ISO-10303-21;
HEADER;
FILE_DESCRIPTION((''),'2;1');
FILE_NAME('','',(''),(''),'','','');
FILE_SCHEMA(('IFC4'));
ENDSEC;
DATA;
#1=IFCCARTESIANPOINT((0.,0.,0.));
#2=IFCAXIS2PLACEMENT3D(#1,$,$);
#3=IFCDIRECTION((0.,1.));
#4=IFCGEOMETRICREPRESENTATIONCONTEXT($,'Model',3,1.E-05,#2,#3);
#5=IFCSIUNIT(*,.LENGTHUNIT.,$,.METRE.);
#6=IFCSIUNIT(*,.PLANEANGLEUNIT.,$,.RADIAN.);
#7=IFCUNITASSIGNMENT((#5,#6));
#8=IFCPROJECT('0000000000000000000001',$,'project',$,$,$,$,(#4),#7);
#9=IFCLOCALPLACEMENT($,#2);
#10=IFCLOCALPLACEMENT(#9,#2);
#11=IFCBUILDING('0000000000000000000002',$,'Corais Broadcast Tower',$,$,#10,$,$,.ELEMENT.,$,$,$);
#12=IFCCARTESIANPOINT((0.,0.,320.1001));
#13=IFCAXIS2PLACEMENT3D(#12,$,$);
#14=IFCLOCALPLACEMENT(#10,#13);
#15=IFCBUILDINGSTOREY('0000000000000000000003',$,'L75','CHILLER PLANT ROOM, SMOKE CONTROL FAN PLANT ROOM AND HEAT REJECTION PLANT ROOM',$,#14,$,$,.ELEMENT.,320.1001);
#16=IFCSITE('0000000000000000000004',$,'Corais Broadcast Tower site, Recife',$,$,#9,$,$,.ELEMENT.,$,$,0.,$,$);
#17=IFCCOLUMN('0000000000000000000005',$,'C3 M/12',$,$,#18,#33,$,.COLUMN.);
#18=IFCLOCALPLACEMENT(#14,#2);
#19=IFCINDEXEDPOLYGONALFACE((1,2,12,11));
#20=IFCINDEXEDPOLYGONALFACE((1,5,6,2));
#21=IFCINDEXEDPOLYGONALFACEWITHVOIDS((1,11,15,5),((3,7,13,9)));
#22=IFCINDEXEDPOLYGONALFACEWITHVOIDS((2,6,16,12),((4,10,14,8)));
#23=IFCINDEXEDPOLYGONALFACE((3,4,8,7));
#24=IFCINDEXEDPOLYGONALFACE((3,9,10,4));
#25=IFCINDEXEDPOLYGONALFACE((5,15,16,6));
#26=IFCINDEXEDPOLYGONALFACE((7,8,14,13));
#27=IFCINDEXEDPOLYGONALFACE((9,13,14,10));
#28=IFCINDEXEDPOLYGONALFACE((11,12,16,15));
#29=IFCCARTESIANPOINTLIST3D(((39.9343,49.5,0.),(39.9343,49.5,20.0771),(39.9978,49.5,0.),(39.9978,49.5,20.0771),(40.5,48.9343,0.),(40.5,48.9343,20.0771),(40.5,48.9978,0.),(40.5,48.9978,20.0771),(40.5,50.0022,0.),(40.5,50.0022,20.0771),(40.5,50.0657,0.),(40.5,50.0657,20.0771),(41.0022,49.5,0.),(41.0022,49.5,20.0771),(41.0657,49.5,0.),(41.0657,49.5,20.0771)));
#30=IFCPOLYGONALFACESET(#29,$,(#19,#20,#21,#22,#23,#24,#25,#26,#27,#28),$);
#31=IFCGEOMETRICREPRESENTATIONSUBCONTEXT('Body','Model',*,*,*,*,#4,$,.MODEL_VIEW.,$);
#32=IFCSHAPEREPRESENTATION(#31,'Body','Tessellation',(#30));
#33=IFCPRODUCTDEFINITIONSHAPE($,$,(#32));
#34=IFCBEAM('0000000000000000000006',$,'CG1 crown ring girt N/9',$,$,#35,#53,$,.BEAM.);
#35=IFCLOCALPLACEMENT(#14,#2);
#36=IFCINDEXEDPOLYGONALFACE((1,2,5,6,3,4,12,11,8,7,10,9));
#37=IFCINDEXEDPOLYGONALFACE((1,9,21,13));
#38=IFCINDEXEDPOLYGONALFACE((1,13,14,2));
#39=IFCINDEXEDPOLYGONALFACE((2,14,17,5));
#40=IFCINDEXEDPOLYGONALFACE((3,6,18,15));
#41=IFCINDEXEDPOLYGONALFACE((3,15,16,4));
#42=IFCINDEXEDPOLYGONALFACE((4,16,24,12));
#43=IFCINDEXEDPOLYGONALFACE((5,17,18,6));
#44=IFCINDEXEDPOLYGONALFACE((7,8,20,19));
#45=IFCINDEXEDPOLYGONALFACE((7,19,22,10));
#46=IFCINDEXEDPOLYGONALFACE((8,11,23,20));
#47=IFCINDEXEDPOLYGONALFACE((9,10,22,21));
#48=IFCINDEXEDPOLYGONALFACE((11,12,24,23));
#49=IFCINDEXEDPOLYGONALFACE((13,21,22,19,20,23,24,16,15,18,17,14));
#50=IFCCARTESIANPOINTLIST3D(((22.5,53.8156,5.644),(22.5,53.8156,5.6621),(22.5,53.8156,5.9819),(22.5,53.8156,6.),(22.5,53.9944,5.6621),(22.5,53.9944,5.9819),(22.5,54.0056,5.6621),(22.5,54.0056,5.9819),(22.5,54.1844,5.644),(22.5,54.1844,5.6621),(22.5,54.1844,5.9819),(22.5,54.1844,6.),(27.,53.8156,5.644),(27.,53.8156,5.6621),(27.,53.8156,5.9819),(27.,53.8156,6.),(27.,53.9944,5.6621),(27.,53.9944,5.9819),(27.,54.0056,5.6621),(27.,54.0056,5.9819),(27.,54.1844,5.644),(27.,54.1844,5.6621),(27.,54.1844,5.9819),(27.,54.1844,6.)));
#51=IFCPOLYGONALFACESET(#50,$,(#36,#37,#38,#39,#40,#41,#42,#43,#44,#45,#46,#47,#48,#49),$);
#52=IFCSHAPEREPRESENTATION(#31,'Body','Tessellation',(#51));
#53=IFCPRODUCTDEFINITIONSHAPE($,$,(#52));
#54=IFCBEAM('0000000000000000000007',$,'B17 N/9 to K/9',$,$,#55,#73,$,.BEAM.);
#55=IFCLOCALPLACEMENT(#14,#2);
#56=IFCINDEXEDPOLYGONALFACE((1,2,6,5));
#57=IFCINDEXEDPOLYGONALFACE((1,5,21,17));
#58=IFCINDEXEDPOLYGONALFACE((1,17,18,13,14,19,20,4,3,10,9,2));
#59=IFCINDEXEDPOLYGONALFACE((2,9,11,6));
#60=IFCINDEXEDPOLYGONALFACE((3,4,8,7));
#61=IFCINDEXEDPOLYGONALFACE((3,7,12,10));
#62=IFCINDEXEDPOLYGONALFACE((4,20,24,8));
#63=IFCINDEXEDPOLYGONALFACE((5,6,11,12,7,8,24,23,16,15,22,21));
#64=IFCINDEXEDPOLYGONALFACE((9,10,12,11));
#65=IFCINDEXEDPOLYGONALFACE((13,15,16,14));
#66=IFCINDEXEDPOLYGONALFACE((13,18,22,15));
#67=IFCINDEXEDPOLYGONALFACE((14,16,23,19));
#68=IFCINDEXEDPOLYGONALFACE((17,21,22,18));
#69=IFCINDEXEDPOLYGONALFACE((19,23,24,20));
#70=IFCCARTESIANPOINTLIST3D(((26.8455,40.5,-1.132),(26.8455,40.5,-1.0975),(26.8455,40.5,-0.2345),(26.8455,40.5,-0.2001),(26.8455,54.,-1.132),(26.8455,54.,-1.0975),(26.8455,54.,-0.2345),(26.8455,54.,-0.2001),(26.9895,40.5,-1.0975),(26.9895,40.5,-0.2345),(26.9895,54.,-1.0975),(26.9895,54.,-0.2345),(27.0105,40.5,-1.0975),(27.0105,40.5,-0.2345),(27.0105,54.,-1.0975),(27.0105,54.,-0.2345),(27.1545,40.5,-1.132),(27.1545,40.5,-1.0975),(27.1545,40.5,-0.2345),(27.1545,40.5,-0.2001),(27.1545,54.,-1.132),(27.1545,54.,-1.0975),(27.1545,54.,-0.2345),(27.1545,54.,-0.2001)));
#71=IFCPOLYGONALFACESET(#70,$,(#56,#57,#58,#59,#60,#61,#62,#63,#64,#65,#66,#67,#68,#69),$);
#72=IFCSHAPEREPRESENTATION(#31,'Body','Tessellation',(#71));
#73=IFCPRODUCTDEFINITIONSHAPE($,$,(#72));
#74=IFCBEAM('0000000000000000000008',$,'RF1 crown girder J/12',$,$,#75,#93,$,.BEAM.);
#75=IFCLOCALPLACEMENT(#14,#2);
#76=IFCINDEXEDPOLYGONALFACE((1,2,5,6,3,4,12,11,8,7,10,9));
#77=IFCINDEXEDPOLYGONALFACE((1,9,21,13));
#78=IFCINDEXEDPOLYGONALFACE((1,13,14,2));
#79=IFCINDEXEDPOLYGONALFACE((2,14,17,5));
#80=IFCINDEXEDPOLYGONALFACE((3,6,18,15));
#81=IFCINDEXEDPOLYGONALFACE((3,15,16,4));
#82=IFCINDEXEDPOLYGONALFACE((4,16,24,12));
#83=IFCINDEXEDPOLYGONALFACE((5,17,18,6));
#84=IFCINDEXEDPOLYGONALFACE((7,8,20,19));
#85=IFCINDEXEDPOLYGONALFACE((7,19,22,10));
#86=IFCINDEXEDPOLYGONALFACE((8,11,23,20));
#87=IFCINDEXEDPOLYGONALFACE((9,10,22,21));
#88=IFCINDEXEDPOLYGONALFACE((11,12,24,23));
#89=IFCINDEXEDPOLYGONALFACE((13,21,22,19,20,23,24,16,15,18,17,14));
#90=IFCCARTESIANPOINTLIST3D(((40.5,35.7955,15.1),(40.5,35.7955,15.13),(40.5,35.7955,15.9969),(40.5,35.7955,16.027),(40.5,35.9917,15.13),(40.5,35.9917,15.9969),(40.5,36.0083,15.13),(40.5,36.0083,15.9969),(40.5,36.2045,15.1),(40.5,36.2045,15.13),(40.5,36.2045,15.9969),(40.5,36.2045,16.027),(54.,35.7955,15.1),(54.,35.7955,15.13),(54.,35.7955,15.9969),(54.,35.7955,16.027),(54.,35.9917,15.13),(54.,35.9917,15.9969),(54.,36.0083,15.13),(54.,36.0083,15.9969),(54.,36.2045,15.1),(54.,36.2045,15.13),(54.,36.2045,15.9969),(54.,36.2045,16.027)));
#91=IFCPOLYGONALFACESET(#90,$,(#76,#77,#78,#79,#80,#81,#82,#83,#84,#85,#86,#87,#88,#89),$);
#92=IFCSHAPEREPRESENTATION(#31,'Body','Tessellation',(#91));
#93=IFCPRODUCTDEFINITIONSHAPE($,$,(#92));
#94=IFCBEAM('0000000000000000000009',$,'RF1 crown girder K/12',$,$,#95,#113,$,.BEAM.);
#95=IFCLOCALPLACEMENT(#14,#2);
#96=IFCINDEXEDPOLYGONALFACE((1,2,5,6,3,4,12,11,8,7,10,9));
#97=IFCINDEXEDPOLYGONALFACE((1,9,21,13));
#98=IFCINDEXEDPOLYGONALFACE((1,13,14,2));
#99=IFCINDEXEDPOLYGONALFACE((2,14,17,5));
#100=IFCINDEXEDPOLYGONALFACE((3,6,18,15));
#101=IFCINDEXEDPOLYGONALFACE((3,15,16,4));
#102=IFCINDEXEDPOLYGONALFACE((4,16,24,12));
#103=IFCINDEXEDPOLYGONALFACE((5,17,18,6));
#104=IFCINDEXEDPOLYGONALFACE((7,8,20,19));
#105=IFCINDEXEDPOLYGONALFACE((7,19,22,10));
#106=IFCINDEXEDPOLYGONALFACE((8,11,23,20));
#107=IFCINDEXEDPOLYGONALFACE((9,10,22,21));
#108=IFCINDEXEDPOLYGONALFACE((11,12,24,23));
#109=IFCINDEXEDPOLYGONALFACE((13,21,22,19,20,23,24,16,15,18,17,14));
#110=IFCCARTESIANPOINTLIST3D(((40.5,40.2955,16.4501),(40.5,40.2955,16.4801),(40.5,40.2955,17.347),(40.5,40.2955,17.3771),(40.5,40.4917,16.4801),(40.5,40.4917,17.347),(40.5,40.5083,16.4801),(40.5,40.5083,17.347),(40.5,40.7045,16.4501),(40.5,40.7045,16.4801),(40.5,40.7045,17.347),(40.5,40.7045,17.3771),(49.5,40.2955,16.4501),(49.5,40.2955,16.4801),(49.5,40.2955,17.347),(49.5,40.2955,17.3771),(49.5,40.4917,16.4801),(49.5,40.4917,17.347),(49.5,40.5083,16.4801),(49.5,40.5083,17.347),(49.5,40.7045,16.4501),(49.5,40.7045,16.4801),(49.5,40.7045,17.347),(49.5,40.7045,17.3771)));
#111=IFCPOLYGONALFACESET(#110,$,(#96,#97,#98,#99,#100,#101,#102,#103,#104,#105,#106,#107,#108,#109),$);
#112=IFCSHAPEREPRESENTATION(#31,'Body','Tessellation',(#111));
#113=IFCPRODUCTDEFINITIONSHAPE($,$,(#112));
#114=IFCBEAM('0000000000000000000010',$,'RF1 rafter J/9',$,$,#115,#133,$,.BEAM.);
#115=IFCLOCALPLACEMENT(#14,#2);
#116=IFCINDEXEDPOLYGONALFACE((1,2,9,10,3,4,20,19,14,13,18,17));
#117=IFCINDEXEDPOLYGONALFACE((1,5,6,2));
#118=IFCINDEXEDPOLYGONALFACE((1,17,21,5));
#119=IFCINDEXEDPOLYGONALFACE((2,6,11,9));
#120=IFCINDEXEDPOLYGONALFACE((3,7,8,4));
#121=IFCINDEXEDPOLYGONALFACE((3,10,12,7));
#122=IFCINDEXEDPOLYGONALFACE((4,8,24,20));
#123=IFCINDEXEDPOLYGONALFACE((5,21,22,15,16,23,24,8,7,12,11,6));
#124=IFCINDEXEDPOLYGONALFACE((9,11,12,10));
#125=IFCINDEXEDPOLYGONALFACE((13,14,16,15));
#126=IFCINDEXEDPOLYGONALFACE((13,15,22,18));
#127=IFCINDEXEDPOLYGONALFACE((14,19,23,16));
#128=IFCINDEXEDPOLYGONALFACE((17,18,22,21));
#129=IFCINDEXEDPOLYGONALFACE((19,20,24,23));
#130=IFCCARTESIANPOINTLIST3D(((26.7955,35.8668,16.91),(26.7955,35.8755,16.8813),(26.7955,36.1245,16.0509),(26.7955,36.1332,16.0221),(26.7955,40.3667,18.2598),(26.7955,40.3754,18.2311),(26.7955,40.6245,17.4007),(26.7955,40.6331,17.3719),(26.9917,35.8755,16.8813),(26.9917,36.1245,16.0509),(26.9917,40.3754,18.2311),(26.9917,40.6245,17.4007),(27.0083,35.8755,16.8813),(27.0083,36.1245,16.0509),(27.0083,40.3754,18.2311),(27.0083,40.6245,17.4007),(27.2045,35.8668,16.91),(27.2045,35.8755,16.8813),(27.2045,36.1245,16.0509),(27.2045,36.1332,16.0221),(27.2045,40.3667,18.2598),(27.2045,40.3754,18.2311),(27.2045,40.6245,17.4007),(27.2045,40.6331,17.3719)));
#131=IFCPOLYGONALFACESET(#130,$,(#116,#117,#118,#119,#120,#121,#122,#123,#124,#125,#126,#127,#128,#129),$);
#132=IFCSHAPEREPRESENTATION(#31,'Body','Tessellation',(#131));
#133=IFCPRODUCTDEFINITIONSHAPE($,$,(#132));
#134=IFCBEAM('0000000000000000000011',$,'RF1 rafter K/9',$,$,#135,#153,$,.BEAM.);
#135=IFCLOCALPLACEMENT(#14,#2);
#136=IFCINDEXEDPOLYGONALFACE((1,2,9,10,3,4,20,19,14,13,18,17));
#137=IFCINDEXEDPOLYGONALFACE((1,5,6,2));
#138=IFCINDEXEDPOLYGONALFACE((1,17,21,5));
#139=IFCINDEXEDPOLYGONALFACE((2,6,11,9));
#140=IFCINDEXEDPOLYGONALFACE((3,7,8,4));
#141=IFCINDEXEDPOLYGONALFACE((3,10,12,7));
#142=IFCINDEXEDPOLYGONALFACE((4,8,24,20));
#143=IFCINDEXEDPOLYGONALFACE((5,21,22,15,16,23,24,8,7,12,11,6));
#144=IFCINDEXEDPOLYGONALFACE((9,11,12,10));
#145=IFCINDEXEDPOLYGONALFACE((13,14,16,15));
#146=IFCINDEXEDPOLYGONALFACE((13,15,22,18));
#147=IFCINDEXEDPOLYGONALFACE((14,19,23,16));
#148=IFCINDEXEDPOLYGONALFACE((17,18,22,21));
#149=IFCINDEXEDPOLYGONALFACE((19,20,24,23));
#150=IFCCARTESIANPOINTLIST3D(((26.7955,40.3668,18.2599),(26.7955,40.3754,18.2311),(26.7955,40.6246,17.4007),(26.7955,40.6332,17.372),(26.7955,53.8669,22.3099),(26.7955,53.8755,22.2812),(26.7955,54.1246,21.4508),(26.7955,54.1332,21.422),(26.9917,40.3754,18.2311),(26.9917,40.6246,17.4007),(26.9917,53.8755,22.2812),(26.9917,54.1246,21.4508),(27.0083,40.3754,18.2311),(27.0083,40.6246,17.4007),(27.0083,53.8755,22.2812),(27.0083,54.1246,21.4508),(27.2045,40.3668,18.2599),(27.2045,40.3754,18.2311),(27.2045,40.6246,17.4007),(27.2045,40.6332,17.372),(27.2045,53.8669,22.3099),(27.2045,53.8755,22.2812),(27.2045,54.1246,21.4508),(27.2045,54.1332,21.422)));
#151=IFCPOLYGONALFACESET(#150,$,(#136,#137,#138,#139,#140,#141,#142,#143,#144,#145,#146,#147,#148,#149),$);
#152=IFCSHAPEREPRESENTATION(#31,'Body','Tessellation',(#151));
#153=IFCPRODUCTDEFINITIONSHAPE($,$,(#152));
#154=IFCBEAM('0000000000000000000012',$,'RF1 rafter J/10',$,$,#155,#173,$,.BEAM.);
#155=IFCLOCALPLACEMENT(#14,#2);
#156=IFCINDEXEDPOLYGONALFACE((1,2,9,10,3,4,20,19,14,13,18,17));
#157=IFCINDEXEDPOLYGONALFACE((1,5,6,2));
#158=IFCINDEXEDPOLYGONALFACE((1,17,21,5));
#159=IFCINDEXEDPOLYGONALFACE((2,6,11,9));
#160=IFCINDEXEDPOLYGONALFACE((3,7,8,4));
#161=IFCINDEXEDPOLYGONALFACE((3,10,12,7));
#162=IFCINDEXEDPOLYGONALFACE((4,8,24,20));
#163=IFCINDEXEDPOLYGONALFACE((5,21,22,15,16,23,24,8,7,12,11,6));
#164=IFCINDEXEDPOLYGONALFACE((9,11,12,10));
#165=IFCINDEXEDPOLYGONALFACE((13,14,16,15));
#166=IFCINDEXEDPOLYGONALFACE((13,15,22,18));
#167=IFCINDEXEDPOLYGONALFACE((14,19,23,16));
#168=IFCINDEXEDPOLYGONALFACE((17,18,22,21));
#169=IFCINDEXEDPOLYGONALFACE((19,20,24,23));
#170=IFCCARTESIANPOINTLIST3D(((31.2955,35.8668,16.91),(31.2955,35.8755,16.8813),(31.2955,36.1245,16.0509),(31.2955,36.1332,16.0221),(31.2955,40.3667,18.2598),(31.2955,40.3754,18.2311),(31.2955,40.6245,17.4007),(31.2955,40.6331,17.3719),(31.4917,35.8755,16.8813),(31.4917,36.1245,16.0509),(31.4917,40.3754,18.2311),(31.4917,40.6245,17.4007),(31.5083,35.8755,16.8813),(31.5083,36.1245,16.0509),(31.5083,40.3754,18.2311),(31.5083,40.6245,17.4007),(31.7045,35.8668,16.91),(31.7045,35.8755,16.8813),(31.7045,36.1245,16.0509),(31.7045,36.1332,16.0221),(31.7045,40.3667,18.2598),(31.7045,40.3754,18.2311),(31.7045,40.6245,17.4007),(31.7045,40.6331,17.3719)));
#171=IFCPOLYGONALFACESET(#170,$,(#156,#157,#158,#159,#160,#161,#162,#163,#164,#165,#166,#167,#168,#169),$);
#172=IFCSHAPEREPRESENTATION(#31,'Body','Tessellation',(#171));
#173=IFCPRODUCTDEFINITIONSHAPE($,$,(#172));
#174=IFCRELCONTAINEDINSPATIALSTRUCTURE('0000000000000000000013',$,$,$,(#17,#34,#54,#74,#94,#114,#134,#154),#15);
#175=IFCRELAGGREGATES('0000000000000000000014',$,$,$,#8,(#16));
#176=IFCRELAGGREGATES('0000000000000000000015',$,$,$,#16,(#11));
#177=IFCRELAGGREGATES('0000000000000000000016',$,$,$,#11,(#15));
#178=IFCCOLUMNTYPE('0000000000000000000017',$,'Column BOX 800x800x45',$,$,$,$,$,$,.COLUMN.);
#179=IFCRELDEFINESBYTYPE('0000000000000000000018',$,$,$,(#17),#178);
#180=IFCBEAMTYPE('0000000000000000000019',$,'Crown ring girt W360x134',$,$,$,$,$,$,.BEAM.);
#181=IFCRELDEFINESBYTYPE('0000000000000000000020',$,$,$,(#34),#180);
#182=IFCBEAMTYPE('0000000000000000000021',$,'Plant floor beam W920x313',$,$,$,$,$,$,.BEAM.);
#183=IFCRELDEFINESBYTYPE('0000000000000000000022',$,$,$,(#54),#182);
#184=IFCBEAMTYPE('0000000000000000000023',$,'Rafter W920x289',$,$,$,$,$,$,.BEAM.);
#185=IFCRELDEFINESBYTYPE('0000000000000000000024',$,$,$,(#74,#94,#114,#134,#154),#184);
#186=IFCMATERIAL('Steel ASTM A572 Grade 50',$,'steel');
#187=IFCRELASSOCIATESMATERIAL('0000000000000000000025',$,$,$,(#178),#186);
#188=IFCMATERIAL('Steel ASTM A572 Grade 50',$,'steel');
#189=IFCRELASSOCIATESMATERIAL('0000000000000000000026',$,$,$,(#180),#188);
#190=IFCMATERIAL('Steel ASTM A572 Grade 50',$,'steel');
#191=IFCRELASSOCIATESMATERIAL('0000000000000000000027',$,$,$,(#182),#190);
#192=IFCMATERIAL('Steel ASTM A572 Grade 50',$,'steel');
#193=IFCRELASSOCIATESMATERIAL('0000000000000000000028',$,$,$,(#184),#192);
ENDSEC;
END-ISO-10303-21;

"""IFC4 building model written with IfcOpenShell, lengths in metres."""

from ifc_helpers import new_model, si_unit, direction, frame, origin, origin_2d, place, context, subcontext, project, spatial, hollow_rectangle, i_section, extrude, material, material_profile, profile_set, type_object, element, save


model = new_model("IFC4")

# Units and contexts
model_context = context("Model", 3, precision=1e-05, world=origin(), true_north=direction((0.0, 1.0)))
body_context = subcontext(model_context, "Body", "Model", "MODEL_VIEW")
ifc_project = project(units=[si_unit("LENGTHUNIT", "METRE"), si_unit("PLANEANGLEUNIT", "RADIAN")], contexts=[model_context])

# Site, building, storey
site_placement = place(None, origin())
site = spatial("IfcSite", under=ifc_project, at=site_placement, Name="Corais Broadcast Tower site, Recife", CompositionType="ELEMENT", RefElevation=0.0)
building_placement = place(site_placement, origin())
building = spatial("IfcBuilding", under=site, at=building_placement, Name="Corais Broadcast Tower", CompositionType="ELEMENT")
storey_placement = place(building_placement, frame((0.0, 0.0, 320.1001)))
storey = spatial("IfcBuildingStorey", under=building, at=storey_placement, Name="L75", Description="CHILLER PLANT ROOM, SMOKE CONTROL FAN PLANT ROOM AND HEAT REJECTION PLANT ROOM", CompositionType="ELEMENT", Elevation=320.1001)

# Column
ifc_material_1 = material(Name="Steel ASTM A572 Grade 50", Category="steel")
ifc_material_profile_1 = material_profile(ifc_material_1, hollow_rectangle(XDim=0.8, YDim=0.8, WallThickness=0.0449, at=origin_2d()), Name="BOX 800x800x45")
ifc_profile_set_1 = profile_set([ifc_material_profile_1], Name="Steel ASTM A572 Grade 50")
column_type = type_object("IfcColumnType", Name="Column BOX 800x800x45", PredefinedType="COLUMN", material=ifc_profile_set_1)
column_placement = place(storey_placement, frame((40.5, 49.5, 0.0), z_axis=(0.0, 0.0, 1.0), x_axis=(0.707107, 0.707107, 0.0)))
element("IfcColumn", 1, at=column_placement, inside=storey, type_object=column_type, Name="C3 M/12", PredefinedType="COLUMN", context=body_context, shape_type="SweptSolid", body=[
    extrude(hollow_rectangle(XDim=0.8, YDim=0.8, WallThickness=0.0449, at=origin_2d()), origin(), (0.0, 0.0, 1.0), 20.0771),
])

# Beams
ifc_material_2 = material(Name="Steel ASTM A572 Grade 50", Category="steel")
ifc_material_profile_2 = material_profile(ifc_material_2, i_section(OverallWidth=0.3689, OverallDepth=0.356, WebThickness=0.0112, FlangeThickness=0.0181, at=origin_2d()), Name="W360x134")
ifc_profile_set_2 = profile_set([ifc_material_profile_2], Name="Steel ASTM A572 Grade 50")
beam_type_1 = type_object("IfcBeamType", Name="Crown ring girt W360x134", PredefinedType="BEAM", material=ifc_profile_set_2)
beam_1_placement = place(storey_placement, frame((27.0, 54.0, 5.822), z_axis=(-1.0, 0.0, 0.0), x_axis=(0.0, -1.0, 0.0)))
element("IfcBeam", 2, at=beam_1_placement, inside=storey, type_object=beam_type_1, Name="CG1 crown ring girt N/9", PredefinedType="BEAM", context=body_context, shape_type="SweptSolid", body=[
    extrude(i_section(OverallWidth=0.3689, OverallDepth=0.356, WebThickness=0.0112, FlangeThickness=0.0181, at=origin_2d()), origin(), (0.0, 0.0, 1.0), 4.5),
])
ifc_material_3 = material(Name="Steel ASTM A572 Grade 50", Category="steel")
ifc_material_profile_3 = material_profile(ifc_material_3, i_section(OverallWidth=0.3091, OverallDepth=0.9319, WebThickness=0.021, FlangeThickness=0.0344, at=origin_2d()), Name="W920x313")
ifc_profile_set_3 = profile_set([ifc_material_profile_3], Name="Steel ASTM A572 Grade 50")
beam_type_2 = type_object("IfcBeamType", Name="Plant floor beam W920x313", PredefinedType="BEAM", material=ifc_profile_set_3)
beam_2_placement = place(storey_placement, frame((27.0, 54.0, -0.666), z_axis=(0.0, -1.0, 0.0), x_axis=(1.0, 0.0, 0.0)))
element("IfcBeam", 3, at=beam_2_placement, inside=storey, type_object=beam_type_2, Name="B17 N/9 to K/9", PredefinedType="BEAM", context=body_context, shape_type="SweptSolid", body=[
    extrude(i_section(OverallWidth=0.3091, OverallDepth=0.9319, WebThickness=0.021, FlangeThickness=0.0344, at=origin_2d()), origin(), (0.0, 0.0, 1.0), 13.5),
])
ifc_material_4 = material(Name="Steel ASTM A572 Grade 50", Category="steel")
ifc_material_profile_4 = material_profile(ifc_material_4, i_section(OverallWidth=0.4089, OverallDepth=0.927, WebThickness=0.0166, FlangeThickness=0.03, at=origin_2d()), Name="W920x289")
ifc_profile_set_4 = profile_set([ifc_material_profile_4], Name="Steel ASTM A572 Grade 50")
beam_type_3 = type_object("IfcBeamType", Name="Rafter W920x289", PredefinedType="BEAM", material=ifc_profile_set_4)
beam_3_placement = place(storey_placement, frame((40.5, 36.0, 15.5635), z_axis=(1.0, 0.0, 0.0), x_axis=(0.0, 1.0, 0.0)))
element("IfcBeam", 4, at=beam_3_placement, inside=storey, type_object=beam_type_3, Name="RF1 crown girder J/12", PredefinedType="BEAM", context=body_context, shape_type="SweptSolid", body=[
    extrude(i_section(OverallWidth=0.4089, OverallDepth=0.927, WebThickness=0.0166, FlangeThickness=0.03, at=origin_2d()), origin(), (0.0, 0.0, 1.0), 13.5),
])
beam_4_placement = place(storey_placement, frame((40.5, 40.5, 16.9136), z_axis=(1.0, 0.0, 0.0), x_axis=(0.0, 1.0, 0.0)))
element("IfcBeam", 5, at=beam_4_placement, inside=storey, type_object=beam_type_3, Name="RF1 crown girder K/12", PredefinedType="BEAM", context=body_context, shape_type="SweptSolid", body=[
    extrude(i_section(OverallWidth=0.4089, OverallDepth=0.927, WebThickness=0.0166, FlangeThickness=0.03, at=origin_2d()), origin(), (0.0, 0.0, 1.0), 9.0),
])
beam_5_placement = place(storey_placement, frame((27.0, 36.0, 16.4661), z_axis=(0.0, 0.957835, 0.287319), x_axis=(-1.0, 0.0, 0.0)))
element("IfcBeam", 6, at=beam_5_placement, inside=storey, type_object=beam_type_3, Name="RF1 rafter J/9", PredefinedType="BEAM", context=body_context, shape_type="SweptSolid", body=[
    extrude(i_section(OverallWidth=0.4089, OverallDepth=0.927, WebThickness=0.0166, FlangeThickness=0.03, at=origin_2d()), origin(), (0.0, 0.0, 1.0), 4.698),
])
beam_6_placement = place(storey_placement, frame((27.0, 40.5, 17.8159), z_axis=(0.0, 0.957825, 0.287351), x_axis=(-1.0, 0.0, 0.0)))
element("IfcBeam", 7, at=beam_6_placement, inside=storey, type_object=beam_type_3, Name="RF1 rafter K/9", PredefinedType="BEAM", context=body_context, shape_type="SweptSolid", body=[
    extrude(i_section(OverallWidth=0.4089, OverallDepth=0.927, WebThickness=0.0166, FlangeThickness=0.03, at=origin_2d()), origin(), (0.0, 0.0, 1.0), 14.0945),
])
beam_7_placement = place(storey_placement, frame((31.5, 36.0, 16.4661), z_axis=(0.0, 0.957835, 0.287319), x_axis=(-1.0, 0.0, 0.0)))
element("IfcBeam", 8, at=beam_7_placement, inside=storey, type_object=beam_type_3, Name="RF1 rafter J/10", PredefinedType="BEAM", context=body_context, shape_type="SweptSolid", body=[
    extrude(i_section(OverallWidth=0.4089, OverallDepth=0.927, WebThickness=0.0166, FlangeThickness=0.03, at=origin_2d()), origin(), (0.0, 0.0, 1.0), 4.698),
])

save(model, "model.ifc")
